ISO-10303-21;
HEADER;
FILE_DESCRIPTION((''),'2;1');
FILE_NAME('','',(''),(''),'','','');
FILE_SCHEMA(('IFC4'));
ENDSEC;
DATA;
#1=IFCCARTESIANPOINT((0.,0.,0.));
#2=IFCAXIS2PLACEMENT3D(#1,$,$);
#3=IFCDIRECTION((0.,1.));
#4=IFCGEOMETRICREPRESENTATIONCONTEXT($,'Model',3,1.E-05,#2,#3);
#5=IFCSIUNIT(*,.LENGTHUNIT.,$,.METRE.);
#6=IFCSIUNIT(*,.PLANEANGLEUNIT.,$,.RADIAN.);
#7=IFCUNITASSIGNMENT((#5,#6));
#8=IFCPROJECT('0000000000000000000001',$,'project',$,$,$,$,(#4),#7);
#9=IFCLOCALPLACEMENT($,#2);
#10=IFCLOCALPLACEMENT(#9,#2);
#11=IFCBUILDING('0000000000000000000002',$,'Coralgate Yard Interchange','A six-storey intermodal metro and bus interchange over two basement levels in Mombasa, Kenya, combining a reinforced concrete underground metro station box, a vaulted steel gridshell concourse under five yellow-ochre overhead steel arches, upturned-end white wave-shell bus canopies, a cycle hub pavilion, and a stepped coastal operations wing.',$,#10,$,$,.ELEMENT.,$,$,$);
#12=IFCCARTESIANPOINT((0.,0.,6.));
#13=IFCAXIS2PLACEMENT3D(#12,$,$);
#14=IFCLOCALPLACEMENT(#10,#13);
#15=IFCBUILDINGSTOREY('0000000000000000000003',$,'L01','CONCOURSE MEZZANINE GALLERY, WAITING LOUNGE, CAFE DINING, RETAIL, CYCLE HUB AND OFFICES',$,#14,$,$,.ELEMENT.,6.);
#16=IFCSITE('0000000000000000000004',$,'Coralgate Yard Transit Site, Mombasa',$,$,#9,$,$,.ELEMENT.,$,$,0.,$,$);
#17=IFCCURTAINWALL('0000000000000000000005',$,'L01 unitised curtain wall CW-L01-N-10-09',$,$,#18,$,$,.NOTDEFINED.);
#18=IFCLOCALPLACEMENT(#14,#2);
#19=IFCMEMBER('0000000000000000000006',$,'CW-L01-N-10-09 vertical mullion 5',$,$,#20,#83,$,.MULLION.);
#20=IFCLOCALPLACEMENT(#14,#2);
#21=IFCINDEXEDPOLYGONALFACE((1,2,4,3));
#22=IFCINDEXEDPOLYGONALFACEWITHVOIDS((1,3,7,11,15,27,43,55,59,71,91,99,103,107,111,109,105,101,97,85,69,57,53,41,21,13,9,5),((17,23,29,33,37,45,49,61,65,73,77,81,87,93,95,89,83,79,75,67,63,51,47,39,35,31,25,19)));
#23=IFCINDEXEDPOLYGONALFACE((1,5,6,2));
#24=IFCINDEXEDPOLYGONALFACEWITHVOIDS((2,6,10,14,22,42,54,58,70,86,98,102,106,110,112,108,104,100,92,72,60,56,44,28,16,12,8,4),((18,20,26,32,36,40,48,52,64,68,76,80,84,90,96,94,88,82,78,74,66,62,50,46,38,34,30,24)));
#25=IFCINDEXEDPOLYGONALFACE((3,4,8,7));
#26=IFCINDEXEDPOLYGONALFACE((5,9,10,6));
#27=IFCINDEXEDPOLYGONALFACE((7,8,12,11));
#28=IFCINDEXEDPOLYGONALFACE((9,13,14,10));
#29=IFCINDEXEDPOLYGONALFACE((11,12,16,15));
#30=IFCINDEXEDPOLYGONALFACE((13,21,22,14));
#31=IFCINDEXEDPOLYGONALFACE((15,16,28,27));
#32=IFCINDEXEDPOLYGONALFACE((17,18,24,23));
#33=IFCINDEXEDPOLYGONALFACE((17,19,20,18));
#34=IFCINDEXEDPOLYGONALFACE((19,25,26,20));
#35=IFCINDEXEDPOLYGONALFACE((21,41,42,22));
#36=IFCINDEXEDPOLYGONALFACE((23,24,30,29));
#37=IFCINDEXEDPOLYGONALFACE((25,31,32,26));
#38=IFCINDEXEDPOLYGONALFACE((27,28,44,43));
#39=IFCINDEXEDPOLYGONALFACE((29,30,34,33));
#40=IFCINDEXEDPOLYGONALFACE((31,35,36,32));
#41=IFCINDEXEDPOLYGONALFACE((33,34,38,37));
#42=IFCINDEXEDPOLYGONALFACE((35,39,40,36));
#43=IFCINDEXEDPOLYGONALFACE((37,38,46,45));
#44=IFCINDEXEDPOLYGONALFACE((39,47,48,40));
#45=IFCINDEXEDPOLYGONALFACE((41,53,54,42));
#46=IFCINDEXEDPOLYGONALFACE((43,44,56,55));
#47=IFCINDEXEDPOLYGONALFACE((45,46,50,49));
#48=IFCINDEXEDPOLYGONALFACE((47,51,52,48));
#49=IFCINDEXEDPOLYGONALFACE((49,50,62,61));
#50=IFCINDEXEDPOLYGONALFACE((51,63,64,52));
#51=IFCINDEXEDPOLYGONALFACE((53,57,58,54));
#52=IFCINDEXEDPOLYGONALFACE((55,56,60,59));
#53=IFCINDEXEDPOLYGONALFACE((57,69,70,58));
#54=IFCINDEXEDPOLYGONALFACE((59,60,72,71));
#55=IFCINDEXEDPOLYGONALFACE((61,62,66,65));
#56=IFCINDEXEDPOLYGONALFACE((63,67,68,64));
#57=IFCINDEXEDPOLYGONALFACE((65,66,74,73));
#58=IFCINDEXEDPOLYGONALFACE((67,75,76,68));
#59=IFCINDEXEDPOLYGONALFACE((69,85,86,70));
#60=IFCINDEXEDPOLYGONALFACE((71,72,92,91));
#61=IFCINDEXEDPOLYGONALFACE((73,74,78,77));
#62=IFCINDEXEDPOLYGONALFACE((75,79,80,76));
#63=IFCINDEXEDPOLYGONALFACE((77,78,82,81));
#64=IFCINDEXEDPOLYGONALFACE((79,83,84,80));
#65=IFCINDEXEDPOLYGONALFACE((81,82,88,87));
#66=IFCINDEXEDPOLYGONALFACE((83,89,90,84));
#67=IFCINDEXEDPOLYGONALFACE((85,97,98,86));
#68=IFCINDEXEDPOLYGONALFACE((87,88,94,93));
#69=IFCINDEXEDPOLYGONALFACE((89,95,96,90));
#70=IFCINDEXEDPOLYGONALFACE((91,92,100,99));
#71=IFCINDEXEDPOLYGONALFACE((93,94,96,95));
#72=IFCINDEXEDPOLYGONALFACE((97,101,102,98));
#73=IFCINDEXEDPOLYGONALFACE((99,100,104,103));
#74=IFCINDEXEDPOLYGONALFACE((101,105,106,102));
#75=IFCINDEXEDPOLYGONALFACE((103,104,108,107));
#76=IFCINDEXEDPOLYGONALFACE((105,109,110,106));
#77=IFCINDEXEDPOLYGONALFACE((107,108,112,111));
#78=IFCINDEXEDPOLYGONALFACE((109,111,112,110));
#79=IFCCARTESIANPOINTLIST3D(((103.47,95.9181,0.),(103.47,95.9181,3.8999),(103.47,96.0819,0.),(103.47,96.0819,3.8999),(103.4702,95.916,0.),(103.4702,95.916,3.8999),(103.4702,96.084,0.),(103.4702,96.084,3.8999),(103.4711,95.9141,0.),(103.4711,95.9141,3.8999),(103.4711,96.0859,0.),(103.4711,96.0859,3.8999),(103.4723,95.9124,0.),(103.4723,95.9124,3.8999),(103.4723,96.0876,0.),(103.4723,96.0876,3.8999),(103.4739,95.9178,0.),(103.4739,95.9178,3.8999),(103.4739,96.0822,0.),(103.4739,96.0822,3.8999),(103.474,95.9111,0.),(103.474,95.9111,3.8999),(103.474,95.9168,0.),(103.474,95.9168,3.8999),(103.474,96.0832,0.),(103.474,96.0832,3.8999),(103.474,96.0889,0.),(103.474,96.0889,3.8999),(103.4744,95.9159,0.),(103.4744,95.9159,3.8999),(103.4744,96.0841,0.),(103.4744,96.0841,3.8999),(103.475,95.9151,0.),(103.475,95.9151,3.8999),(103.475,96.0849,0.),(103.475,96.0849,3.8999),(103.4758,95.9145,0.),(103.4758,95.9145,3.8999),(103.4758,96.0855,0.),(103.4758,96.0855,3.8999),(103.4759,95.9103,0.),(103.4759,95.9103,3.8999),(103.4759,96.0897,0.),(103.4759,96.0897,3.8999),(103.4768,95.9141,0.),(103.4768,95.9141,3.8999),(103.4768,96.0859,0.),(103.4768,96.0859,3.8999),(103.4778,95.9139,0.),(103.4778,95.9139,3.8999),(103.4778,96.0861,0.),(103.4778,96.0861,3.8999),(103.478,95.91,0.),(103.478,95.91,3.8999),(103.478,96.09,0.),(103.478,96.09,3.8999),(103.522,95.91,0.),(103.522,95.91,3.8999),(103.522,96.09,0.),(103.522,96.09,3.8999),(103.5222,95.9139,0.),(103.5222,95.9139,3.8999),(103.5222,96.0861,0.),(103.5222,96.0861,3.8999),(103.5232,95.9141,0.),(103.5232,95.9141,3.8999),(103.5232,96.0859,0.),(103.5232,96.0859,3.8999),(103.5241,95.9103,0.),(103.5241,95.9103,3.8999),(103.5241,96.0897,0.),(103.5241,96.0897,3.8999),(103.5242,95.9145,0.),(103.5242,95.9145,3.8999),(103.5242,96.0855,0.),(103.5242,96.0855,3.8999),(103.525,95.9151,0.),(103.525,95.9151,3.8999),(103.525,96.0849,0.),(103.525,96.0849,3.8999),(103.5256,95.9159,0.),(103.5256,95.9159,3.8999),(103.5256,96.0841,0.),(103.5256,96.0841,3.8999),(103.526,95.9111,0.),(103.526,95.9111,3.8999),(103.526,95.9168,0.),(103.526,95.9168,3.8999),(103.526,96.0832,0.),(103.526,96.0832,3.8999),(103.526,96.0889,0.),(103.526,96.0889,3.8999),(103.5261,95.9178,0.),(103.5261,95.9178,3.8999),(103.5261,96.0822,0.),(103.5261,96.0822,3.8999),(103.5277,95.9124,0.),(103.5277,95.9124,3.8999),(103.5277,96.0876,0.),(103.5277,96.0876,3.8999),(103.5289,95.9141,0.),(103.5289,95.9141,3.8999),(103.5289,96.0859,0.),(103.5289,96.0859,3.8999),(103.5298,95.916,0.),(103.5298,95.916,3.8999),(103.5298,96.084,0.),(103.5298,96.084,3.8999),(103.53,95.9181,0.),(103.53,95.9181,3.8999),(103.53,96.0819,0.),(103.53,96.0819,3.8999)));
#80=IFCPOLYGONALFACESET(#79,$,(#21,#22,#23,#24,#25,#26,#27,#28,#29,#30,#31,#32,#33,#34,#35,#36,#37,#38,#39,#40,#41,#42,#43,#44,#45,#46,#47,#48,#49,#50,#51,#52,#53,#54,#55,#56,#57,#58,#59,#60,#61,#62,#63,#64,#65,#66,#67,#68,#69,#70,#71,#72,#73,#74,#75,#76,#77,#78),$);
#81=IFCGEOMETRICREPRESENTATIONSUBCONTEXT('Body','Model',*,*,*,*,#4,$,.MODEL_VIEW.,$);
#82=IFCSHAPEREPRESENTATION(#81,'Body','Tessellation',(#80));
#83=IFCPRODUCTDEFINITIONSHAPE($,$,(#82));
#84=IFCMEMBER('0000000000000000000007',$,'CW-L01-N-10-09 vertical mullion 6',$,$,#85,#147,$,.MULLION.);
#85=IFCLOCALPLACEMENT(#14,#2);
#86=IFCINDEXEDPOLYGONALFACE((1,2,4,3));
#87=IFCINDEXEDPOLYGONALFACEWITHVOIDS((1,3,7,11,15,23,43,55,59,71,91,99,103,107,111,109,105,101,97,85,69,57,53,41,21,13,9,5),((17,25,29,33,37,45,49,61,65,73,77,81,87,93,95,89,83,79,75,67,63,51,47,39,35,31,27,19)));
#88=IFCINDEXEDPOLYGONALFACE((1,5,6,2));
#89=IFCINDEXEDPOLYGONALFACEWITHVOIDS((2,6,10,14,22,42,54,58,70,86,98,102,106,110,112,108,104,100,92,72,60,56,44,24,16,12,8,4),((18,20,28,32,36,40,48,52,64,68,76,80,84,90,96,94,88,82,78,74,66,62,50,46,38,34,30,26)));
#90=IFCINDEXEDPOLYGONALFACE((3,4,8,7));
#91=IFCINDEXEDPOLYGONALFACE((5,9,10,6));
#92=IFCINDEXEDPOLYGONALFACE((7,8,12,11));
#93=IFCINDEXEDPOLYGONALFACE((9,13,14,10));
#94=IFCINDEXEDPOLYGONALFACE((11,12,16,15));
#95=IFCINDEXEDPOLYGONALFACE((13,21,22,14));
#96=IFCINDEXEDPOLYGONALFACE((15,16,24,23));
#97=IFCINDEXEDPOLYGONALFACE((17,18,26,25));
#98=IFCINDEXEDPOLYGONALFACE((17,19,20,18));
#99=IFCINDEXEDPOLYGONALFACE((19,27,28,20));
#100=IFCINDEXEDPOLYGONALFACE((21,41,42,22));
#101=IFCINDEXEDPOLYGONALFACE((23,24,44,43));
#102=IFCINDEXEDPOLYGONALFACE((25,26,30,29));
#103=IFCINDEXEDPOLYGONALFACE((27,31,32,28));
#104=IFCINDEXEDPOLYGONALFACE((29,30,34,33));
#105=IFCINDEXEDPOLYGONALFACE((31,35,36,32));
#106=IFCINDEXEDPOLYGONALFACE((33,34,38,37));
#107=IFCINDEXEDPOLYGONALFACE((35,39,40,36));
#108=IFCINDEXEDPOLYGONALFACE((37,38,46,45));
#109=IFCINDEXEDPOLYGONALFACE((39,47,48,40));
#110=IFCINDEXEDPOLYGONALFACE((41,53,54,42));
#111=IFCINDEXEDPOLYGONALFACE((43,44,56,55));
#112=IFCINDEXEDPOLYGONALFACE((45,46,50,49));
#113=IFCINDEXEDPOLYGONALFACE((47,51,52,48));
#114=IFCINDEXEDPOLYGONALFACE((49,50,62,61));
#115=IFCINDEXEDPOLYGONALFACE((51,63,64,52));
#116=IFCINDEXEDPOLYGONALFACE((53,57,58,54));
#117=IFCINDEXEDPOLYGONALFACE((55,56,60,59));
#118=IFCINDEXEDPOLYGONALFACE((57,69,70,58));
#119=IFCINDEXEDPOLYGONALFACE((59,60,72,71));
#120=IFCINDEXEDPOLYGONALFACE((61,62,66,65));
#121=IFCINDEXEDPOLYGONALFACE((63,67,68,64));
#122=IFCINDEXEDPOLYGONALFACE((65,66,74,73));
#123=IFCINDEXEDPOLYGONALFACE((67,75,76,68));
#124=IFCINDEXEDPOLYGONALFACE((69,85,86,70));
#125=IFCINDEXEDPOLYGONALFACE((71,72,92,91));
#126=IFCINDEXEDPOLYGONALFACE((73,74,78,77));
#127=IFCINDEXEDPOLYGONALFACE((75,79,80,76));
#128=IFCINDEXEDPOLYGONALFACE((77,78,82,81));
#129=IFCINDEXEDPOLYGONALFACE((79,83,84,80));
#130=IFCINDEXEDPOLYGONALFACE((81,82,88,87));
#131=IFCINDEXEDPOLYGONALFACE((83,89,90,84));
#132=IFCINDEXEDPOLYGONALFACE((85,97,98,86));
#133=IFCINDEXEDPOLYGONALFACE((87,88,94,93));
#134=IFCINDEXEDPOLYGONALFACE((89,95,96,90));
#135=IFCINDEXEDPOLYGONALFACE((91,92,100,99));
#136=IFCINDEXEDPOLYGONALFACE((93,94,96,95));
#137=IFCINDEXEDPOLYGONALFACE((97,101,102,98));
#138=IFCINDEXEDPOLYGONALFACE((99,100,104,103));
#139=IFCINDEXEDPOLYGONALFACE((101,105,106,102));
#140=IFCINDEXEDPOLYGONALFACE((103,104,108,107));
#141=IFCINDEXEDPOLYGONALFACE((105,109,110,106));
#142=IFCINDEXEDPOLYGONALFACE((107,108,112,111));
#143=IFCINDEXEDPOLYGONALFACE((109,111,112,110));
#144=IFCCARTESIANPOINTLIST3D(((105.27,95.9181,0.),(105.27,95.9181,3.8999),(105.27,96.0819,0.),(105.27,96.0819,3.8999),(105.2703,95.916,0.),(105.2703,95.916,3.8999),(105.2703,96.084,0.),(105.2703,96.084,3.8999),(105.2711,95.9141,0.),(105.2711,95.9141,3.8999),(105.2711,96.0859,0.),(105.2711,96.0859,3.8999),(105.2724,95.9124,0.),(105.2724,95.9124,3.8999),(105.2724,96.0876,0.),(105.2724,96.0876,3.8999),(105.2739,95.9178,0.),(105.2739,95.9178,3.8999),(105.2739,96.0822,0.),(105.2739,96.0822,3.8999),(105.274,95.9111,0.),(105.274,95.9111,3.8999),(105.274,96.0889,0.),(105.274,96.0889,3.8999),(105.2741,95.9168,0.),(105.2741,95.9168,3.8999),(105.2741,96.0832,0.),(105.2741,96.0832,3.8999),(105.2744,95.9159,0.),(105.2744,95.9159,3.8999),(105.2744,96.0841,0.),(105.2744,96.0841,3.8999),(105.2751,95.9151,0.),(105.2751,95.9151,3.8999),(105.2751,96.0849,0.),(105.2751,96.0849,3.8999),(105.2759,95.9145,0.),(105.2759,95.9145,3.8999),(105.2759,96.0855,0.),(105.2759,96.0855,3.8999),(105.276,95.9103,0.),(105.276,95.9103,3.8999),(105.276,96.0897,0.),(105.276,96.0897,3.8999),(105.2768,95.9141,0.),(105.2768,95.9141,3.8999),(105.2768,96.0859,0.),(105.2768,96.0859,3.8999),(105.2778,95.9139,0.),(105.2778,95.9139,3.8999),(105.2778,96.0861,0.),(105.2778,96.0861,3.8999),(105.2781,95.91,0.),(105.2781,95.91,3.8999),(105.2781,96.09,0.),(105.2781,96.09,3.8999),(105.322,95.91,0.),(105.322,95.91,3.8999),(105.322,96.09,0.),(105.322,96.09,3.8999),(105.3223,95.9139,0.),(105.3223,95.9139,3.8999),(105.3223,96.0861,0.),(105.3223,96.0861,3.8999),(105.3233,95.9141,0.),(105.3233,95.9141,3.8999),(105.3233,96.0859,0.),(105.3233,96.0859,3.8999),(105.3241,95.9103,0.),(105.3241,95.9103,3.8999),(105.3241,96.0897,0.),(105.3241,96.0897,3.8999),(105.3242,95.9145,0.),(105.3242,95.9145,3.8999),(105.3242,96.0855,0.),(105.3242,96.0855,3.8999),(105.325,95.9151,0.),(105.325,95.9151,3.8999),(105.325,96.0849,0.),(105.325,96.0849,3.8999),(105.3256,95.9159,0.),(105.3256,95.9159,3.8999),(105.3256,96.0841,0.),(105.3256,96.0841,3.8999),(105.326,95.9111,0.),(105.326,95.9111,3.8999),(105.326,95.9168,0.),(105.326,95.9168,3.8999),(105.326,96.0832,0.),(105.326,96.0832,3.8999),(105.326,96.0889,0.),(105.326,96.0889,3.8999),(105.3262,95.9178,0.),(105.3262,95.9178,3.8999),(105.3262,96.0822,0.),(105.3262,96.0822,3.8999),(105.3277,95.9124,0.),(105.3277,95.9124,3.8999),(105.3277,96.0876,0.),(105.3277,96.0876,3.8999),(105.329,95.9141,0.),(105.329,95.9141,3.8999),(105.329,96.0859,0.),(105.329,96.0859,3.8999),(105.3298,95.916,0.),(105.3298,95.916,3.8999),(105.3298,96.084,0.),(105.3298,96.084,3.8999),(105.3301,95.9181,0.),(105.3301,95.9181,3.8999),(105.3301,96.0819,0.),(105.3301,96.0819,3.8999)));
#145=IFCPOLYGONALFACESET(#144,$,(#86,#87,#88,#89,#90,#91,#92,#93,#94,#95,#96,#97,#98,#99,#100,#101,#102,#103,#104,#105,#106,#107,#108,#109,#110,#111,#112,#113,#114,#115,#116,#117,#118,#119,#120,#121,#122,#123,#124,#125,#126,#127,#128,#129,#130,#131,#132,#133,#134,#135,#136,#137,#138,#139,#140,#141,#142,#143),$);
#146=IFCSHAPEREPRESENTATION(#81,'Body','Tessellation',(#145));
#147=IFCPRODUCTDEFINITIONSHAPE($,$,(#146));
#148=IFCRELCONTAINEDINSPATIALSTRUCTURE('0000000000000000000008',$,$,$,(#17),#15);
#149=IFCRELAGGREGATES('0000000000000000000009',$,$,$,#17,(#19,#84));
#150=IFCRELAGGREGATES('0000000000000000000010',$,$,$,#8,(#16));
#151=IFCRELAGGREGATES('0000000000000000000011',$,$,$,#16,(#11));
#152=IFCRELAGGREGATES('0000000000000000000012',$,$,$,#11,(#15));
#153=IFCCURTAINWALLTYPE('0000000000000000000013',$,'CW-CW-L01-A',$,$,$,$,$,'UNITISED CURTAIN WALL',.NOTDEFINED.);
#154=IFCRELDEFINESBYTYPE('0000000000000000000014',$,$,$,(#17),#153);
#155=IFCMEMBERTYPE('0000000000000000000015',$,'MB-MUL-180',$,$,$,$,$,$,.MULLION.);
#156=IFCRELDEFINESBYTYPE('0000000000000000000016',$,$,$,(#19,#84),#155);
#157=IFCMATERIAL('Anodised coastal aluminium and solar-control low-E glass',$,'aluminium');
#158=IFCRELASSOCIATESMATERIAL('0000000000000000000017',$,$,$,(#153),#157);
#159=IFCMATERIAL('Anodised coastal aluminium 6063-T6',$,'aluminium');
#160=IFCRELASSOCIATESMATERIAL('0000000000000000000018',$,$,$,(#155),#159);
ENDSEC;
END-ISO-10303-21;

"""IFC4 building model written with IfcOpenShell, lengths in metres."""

from ifc_helpers import new_model, si_unit, direction, frame, origin, origin_2d, place, context, subcontext, project, spatial, hollow_rectangle, extrude, material, material_profile, profile_set, type_object, element, aggregate, save


model = new_model("IFC4")

# Units and contexts
model_context = context("Model", 3, precision=1e-05, world=origin(), true_north=direction((0.0, 1.0)))
body_context = subcontext(model_context, "Body", "Model", "MODEL_VIEW")
ifc_project = project(units=[si_unit("LENGTHUNIT", "METRE"), si_unit("PLANEANGLEUNIT", "RADIAN")], contexts=[model_context])

# Site, building, storey
site_placement = place(None, origin())
site = spatial("IfcSite", under=ifc_project, at=site_placement, Name="Coralgate Yard Transit Site, Mombasa", CompositionType="ELEMENT", RefElevation=0.0)
building_placement = place(site_placement, origin())
building = spatial("IfcBuilding", under=site, at=building_placement, Name="Coralgate Yard Interchange", Description="A six-storey intermodal metro and bus interchange over two basement levels in Mombasa, Kenya, combining a reinforced concrete underground metro station box, a vaulted steel gridshell concourse under five yellow-ochre overhead steel arches, upturned-end white wave-shell bus canopies, a cycle hub pavilion, and a stepped coastal operations wing.", CompositionType="ELEMENT")
storey_placement = place(building_placement, frame((0.0, 0.0, 6.0)))
storey = spatial("IfcBuildingStorey", under=building, at=storey_placement, Name="L01", Description="CONCOURSE MEZZANINE GALLERY, WAITING LOUNGE, CAFE DINING, RETAIL, CYCLE HUB AND OFFICES", CompositionType="ELEMENT", Elevation=6.0)

# Curtain wall, members
ifc_material_1 = material(Name="Anodised coastal aluminium and solar-control low-E glass", Category="aluminium")
curtain_wall_type_1 = type_object("IfcCurtainWallType", Name="CW-CW-L01-A", ElementType="UNITISED CURTAIN WALL", PredefinedType="NOTDEFINED", material=ifc_material_1)
curtain_wall_1_placement = place(storey_placement, origin())
curtain_wall_1 = element("IfcCurtainWall", 1, at=curtain_wall_1_placement, inside=storey, type_object=curtain_wall_type_1, Name="L01 unitised curtain wall CW-L01-N-10-09", PredefinedType="NOTDEFINED")
ifc_material_2 = material(Name="Anodised coastal aluminium 6063-T6", Category="aluminium")
ifc_material_profile_1 = material_profile(ifc_material_2, hollow_rectangle(XDim=0.0601, YDim=0.1799, WallThickness=0.0039, InnerFilletRadius=0.0039, OuterFilletRadius=0.0081, at=origin_2d()), Name="ALU 60x180x4")
ifc_profile_set_1 = profile_set([ifc_material_profile_1], Name="Anodised coastal aluminium 6063-T6")
member_type_1 = type_object("IfcMemberType", Name="MB-MUL-180", PredefinedType="MULLION", material=ifc_profile_set_1)
member_1_placement = place(storey_placement, frame((103.5, 96.0, 0.0), z_axis=(0.0, 0.0, 1.0), x_axis=(1.0, 0.0, 0.0)))
member_1 = element("IfcMember", 2, at=member_1_placement, type_object=member_type_1, Name="CW-L01-N-10-09 vertical mullion 5", PredefinedType="MULLION", context=body_context, shape_type="SweptSolid", body=[
    extrude(hollow_rectangle(XDim=0.0601, YDim=0.1799, WallThickness=0.0039, InnerFilletRadius=0.0039, OuterFilletRadius=0.0081, at=origin_2d()), origin(), (0.0, 0.0, 1.0), 3.8999),
])
member_2_placement = place(storey_placement, frame((105.3, 96.0, 0.0), z_axis=(0.0, 0.0, 1.0), x_axis=(1.0, 0.0, 0.0)))
member_2 = element("IfcMember", 3, at=member_2_placement, type_object=member_type_1, Name="CW-L01-N-10-09 vertical mullion 6", PredefinedType="MULLION", context=body_context, shape_type="SweptSolid", body=[
    extrude(hollow_rectangle(XDim=0.0601, YDim=0.1799, WallThickness=0.0039, InnerFilletRadius=0.0039, OuterFilletRadius=0.0081, at=origin_2d()), origin(), (0.0, 0.0, 1.0), 3.8999),
])

aggregate(curtain_wall_1, [member_1, member_2])

save(model, "model.ifc")
